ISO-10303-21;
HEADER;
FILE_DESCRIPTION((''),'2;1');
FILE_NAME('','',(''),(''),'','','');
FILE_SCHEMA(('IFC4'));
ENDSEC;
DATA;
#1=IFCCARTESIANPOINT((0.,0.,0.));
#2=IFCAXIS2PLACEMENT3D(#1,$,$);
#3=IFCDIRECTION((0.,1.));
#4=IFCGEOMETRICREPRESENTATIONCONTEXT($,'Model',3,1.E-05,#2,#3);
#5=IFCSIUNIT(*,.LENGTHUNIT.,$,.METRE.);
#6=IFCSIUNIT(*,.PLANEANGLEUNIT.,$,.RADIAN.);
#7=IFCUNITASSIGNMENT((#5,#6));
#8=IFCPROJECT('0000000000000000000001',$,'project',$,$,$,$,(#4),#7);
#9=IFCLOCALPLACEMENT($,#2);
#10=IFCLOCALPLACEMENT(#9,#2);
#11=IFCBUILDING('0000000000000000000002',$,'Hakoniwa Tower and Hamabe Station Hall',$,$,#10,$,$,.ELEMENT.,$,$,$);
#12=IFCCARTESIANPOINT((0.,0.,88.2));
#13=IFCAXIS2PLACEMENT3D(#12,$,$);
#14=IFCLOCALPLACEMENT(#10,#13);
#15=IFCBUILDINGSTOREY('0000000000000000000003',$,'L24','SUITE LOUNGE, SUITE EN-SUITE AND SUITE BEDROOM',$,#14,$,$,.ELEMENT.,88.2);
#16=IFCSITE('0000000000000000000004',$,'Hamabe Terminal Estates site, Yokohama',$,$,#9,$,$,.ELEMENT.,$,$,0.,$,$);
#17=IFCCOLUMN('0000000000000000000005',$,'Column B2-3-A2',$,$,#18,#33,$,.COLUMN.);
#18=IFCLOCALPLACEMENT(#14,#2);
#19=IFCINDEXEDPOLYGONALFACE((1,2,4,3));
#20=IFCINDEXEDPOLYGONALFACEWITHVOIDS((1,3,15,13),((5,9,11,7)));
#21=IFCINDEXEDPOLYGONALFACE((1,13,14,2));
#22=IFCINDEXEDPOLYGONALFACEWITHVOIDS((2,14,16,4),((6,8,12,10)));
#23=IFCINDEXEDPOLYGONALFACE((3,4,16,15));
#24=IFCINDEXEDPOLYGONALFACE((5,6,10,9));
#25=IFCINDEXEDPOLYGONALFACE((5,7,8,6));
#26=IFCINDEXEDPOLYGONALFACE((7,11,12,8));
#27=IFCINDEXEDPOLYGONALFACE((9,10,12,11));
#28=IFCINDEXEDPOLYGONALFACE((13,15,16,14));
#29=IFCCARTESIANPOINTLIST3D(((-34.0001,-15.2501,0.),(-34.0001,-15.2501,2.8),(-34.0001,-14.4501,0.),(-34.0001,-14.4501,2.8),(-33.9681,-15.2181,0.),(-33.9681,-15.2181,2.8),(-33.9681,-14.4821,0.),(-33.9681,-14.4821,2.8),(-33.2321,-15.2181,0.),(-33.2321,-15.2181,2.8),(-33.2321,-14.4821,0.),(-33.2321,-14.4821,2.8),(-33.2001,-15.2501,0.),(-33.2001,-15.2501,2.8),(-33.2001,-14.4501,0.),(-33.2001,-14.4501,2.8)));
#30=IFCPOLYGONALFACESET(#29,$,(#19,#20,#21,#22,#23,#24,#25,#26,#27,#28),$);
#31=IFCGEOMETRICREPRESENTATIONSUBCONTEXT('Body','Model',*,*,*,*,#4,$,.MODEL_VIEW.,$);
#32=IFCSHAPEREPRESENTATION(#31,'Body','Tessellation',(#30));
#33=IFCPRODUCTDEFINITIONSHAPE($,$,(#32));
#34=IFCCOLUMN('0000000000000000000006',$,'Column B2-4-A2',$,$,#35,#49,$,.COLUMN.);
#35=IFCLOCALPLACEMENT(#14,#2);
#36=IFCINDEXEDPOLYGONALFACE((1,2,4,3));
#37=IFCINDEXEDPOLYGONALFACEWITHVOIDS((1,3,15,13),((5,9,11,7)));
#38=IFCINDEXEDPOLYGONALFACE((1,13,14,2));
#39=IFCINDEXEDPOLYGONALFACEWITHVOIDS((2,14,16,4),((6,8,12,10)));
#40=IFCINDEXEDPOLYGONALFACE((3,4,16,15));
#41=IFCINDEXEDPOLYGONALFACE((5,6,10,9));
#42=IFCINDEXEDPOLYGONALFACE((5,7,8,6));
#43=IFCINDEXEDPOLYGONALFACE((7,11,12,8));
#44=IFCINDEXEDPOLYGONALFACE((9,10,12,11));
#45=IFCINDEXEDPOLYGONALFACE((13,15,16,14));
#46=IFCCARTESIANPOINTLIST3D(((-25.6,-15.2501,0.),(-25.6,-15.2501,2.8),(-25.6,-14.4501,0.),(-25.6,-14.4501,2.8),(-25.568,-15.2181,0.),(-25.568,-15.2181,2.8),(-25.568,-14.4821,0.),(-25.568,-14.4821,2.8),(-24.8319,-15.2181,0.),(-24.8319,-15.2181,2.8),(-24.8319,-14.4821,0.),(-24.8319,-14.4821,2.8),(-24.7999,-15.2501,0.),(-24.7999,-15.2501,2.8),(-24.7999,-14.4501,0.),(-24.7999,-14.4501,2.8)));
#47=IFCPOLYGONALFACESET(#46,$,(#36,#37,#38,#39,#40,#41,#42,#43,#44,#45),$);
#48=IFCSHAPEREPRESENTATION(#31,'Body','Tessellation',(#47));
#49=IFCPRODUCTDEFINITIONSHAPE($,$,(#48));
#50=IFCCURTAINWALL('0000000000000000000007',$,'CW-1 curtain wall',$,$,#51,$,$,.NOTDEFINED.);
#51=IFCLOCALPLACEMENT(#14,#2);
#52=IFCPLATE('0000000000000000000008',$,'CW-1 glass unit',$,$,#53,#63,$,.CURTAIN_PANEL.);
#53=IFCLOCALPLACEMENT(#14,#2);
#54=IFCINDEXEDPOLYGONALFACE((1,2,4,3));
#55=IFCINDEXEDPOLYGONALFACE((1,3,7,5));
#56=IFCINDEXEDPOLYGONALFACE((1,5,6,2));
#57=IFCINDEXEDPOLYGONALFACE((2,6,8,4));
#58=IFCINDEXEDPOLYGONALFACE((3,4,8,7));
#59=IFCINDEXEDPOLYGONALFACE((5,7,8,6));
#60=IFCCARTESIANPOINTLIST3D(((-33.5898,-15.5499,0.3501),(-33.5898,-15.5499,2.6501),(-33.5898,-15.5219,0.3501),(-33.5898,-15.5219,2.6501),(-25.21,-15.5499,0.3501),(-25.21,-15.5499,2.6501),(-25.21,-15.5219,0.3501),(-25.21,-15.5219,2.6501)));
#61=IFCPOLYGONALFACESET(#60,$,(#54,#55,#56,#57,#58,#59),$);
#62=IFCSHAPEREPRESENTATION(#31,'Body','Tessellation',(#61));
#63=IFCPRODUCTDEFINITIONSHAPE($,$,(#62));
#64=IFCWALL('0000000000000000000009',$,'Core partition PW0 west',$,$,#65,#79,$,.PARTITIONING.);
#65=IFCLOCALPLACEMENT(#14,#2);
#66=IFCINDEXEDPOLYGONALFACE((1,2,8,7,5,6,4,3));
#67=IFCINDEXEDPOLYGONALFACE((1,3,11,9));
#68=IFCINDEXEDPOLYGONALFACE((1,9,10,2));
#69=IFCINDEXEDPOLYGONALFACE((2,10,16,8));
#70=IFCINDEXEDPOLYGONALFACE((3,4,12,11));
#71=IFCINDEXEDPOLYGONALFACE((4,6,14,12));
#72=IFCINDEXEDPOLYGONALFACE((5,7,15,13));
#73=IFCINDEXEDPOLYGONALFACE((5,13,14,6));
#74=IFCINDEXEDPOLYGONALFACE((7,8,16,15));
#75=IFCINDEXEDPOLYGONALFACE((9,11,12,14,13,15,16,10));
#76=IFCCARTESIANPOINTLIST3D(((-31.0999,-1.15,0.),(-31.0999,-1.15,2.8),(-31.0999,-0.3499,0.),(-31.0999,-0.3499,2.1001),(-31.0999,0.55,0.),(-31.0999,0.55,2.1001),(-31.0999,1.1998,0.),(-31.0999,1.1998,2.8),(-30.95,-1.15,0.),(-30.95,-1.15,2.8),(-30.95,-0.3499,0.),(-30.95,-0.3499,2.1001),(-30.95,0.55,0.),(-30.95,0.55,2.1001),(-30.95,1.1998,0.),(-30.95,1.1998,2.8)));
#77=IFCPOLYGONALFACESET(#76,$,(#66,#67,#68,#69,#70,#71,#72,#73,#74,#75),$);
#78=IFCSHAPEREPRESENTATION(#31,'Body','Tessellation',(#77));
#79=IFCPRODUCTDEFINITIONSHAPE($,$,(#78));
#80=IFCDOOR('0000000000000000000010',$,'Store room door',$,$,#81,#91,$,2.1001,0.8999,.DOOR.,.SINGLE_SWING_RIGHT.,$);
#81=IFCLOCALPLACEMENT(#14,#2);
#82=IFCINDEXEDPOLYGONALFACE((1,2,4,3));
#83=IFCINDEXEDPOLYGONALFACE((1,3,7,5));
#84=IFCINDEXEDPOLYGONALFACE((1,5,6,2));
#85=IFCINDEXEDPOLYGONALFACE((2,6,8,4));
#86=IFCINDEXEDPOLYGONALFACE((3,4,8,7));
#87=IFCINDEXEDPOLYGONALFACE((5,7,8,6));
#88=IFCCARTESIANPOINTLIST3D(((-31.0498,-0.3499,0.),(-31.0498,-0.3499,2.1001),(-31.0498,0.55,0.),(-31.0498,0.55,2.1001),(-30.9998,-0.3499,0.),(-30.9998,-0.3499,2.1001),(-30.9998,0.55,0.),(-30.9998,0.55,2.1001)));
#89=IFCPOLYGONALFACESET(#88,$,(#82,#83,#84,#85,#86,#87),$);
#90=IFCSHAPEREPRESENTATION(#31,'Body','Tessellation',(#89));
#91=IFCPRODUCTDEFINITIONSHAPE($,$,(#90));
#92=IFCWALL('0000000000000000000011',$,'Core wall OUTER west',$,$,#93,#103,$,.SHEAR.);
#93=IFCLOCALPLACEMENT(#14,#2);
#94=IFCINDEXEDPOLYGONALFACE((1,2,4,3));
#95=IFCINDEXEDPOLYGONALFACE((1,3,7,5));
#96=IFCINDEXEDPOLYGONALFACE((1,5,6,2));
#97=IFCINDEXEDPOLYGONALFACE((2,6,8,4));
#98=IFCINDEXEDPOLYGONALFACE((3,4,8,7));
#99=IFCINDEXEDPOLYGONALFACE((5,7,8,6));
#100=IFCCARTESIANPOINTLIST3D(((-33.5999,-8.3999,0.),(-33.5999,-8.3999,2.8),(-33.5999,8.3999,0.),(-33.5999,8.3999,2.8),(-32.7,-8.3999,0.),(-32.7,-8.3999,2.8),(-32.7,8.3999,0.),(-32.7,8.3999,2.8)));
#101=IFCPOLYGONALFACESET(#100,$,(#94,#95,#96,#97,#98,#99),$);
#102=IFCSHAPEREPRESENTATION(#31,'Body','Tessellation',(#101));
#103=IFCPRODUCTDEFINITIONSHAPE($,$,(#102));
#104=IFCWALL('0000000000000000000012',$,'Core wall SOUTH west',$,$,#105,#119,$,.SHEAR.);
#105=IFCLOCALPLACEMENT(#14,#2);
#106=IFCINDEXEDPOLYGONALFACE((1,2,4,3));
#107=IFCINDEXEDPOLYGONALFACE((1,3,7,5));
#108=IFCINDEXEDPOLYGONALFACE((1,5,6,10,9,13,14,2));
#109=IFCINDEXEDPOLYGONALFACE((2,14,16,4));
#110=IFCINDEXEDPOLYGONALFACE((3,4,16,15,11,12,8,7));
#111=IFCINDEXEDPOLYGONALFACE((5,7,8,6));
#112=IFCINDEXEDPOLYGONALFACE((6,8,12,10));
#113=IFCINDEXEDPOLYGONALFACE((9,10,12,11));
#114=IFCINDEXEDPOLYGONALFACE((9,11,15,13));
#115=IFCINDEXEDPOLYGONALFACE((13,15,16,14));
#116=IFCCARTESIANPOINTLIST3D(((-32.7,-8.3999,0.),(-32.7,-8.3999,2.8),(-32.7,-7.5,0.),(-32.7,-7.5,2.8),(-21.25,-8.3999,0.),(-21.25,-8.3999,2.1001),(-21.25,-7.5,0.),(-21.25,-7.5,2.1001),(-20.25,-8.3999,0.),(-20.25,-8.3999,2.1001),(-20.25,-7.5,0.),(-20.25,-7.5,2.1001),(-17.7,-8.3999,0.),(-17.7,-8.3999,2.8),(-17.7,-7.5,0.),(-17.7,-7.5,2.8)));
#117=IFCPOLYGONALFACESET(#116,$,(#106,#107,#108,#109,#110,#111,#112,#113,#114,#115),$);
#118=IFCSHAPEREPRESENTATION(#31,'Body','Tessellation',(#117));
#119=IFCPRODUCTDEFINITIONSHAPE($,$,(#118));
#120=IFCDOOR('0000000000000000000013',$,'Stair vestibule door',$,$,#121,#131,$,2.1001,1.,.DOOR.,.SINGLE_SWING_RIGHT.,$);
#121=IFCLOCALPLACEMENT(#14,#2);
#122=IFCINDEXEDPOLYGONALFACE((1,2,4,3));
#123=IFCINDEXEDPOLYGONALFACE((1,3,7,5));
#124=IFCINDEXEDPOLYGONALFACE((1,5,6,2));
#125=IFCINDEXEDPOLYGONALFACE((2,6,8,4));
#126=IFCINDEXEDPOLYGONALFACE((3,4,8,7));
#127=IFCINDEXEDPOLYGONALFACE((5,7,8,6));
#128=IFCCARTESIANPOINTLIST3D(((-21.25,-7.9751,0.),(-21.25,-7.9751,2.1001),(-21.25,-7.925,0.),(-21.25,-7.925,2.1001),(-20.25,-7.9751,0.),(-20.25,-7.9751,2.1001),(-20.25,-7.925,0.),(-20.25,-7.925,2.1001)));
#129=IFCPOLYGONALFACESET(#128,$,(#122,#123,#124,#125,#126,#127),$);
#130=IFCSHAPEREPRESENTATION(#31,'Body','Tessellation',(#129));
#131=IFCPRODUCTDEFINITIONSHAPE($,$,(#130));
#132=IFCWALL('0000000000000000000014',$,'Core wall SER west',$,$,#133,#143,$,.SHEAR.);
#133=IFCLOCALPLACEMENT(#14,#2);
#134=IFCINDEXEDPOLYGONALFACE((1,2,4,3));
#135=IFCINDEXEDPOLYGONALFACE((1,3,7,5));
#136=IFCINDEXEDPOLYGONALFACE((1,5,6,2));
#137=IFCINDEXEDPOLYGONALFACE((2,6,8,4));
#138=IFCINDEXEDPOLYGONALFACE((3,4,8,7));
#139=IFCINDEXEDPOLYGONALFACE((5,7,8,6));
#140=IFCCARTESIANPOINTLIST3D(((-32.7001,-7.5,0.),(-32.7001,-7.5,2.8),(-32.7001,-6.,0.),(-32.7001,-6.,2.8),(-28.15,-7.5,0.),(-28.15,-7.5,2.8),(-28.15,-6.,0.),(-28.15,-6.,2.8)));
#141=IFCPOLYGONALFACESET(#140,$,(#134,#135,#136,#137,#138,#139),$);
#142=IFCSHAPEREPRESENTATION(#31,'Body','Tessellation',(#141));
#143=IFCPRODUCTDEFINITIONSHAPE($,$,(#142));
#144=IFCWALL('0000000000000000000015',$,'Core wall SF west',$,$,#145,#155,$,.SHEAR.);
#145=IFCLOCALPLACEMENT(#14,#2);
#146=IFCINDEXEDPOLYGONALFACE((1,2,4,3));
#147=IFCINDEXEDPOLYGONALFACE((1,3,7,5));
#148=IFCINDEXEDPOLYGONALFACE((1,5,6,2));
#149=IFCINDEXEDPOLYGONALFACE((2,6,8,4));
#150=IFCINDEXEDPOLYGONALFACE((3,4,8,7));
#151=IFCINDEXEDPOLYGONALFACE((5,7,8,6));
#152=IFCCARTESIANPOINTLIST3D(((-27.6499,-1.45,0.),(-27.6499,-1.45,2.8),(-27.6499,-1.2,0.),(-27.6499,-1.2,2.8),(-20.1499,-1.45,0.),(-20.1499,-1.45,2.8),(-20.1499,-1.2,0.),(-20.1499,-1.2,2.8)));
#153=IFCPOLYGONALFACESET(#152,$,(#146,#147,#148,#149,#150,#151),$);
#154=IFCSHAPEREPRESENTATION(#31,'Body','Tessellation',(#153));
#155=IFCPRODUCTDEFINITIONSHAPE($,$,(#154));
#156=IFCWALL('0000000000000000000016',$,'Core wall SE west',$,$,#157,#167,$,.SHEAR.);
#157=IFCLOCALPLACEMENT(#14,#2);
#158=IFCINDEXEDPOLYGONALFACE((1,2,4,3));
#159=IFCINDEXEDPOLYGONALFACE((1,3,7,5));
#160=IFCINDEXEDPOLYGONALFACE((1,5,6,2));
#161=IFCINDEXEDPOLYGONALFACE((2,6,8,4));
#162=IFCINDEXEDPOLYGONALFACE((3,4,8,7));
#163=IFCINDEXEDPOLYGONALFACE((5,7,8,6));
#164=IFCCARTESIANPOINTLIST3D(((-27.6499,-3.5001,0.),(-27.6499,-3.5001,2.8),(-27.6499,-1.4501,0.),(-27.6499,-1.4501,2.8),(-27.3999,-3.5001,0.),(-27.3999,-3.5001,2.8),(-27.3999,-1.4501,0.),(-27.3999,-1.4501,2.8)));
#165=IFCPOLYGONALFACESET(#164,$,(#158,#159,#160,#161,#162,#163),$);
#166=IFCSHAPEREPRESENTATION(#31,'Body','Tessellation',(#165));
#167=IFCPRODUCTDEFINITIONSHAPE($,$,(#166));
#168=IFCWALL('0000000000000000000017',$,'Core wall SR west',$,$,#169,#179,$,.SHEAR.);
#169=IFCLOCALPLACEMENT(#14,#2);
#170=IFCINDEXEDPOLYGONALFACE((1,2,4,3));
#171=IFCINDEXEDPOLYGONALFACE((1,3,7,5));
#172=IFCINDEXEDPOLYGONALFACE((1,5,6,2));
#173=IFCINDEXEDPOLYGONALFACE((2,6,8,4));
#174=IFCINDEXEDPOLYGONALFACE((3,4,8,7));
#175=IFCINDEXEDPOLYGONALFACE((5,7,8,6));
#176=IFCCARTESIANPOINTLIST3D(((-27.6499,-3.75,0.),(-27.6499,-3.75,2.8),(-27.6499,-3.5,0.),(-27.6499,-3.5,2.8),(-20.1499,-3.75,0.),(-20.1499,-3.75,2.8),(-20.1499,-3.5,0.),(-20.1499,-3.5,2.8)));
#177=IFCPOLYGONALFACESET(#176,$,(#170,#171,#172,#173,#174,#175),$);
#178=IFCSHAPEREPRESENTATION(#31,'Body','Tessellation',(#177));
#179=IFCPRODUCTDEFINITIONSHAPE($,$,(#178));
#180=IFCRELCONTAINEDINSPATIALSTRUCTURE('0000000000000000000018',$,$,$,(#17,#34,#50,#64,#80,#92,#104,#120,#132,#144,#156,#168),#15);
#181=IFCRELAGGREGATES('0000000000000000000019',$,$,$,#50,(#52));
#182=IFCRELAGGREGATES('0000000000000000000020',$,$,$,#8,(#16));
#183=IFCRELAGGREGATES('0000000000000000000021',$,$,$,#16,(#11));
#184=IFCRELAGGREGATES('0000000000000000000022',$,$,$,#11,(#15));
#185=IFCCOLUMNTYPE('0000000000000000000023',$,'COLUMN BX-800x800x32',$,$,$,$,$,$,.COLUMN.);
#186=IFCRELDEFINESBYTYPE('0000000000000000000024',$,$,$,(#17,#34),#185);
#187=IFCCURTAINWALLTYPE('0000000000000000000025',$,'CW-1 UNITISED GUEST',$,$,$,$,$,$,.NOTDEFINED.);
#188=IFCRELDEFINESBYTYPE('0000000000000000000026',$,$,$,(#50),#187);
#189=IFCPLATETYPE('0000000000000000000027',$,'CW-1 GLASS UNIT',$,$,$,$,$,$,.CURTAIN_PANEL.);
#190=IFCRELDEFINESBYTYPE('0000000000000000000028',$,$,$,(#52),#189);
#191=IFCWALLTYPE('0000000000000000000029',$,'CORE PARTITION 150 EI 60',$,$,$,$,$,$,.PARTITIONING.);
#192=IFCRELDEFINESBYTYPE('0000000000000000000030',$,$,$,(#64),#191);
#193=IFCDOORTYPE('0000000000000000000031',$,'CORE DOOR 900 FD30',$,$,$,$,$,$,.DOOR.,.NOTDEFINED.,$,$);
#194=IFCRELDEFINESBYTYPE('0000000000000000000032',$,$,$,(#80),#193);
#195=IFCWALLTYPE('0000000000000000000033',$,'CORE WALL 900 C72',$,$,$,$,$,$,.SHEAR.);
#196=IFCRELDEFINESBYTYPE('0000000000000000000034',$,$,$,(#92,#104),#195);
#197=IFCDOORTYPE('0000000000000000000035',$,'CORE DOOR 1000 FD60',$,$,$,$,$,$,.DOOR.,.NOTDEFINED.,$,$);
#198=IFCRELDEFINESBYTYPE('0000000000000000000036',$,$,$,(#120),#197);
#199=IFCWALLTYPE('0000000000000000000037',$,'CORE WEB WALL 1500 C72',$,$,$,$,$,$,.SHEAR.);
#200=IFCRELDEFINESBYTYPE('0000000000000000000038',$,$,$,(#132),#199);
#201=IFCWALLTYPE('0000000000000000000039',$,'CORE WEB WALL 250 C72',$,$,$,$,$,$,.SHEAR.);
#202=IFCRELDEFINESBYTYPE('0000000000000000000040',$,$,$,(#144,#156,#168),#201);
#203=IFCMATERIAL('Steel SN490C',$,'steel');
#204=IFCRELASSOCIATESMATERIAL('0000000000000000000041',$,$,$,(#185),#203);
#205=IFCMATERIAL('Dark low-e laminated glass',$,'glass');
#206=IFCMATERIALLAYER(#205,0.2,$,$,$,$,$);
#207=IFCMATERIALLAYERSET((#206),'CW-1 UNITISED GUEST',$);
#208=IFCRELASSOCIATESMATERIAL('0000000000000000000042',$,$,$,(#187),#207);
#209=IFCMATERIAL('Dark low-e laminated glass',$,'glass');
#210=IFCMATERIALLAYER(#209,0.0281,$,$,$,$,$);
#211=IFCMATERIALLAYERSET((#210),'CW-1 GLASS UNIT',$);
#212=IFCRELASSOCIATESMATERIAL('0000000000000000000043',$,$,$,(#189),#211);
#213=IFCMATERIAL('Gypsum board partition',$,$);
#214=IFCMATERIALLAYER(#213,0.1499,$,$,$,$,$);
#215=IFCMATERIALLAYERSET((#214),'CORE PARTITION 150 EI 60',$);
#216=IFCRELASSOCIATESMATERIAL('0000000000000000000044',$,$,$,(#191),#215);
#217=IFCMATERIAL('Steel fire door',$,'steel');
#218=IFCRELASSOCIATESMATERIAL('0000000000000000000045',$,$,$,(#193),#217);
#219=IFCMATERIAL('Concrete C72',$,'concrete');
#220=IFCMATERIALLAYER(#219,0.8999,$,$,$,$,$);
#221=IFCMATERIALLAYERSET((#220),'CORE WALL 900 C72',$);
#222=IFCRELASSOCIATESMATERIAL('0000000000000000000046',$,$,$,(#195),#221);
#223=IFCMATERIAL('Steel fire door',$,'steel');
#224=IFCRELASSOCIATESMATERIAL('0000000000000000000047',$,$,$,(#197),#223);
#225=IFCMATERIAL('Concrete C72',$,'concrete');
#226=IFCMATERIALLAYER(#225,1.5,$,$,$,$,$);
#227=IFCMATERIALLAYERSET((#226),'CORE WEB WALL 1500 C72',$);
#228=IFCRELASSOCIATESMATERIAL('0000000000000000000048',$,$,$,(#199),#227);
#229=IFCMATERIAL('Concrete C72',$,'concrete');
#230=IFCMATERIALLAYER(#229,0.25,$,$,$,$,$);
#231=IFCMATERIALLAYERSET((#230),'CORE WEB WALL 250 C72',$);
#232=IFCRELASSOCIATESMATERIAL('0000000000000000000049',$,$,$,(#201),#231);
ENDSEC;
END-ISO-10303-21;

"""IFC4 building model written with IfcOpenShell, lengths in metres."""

from ifc_helpers import new_model, si_unit, direction, frame, frame_2d, origin, origin_2d, place, context, subcontext, project, spatial, rectangle, hollow_rectangle, extrude, material, layer, layer_set, material_profile, profile_set, type_object, element, fill, aggregate, save


model = new_model("IFC4")

# Units and contexts
model_context = context("Model", 3, precision=1e-05, world=origin(), true_north=direction((0.0, 1.0)))
body_context = subcontext(model_context, "Body", "Model", "MODEL_VIEW")
ifc_project = project(units=[si_unit("LENGTHUNIT", "METRE"), si_unit("PLANEANGLEUNIT", "RADIAN")], contexts=[model_context])

# Site, building, storey
site_placement = place(None, origin())
site = spatial("IfcSite", under=ifc_project, at=site_placement, Name="Hamabe Terminal Estates site, Yokohama", CompositionType="ELEMENT", RefElevation=0.0)
building_placement = place(site_placement, origin())
building = spatial("IfcBuilding", under=site, at=building_placement, Name="Hakoniwa Tower and Hamabe Station Hall", CompositionType="ELEMENT")
storey_placement = place(building_placement, frame((0.0, 0.0, 88.2)))
storey = spatial("IfcBuildingStorey", under=building, at=storey_placement, Name="L24", Description="SUITE LOUNGE, SUITE EN-SUITE AND SUITE BEDROOM", CompositionType="ELEMENT", Elevation=88.2)

# Columns
ifc_material_1 = material(Name="Steel SN490C", Category="steel")
ifc_material_profile = material_profile(ifc_material_1, hollow_rectangle(XDim=0.8, YDim=0.8, WallThickness=0.032, at=origin_2d()), Name="BX-800x800x32")
ifc_profile_set = profile_set([ifc_material_profile], Name="Steel SN490C")
column_type = type_object("IfcColumnType", Name="COLUMN BX-800x800x32", PredefinedType="COLUMN", material=ifc_profile_set)
for number, where, z_axis, x_axis, name in (
    (1, (-33.6001, -14.8501, 0.0), (0.0, 0.0, 1.0), (1.0, 0.0, 0.0), "Column B2-3-A2"),
    (2, (-25.2, -14.8501, 0.0), (0.0, 0.0, 1.0), (1.0, 0.0, 0.0), "Column B2-4-A2"),
):
    element("IfcColumn", number, at=place(storey_placement, frame(where, z_axis=z_axis, x_axis=x_axis)), inside=storey, type_object=column_type, Name=name, PredefinedType="COLUMN", context=body_context, shape_type="SweptSolid", body=[
        extrude(hollow_rectangle(XDim=0.8, YDim=0.8, WallThickness=0.032, at=origin_2d()), origin(), (0.0, 0.0, 1.0), 2.8),
    ])

# Curtain wall, plate
ifc_material_2 = material(Name="Dark low-e laminated glass", Category="glass")
ifc_layer_1 = layer(ifc_material_2, 0.2)
ifc_layer_set_1 = layer_set([ifc_layer_1], Name="CW-1 UNITISED GUEST")
curtain_wall_type = type_object("IfcCurtainWallType", Name="CW-1 UNITISED GUEST", PredefinedType="NOTDEFINED", material=ifc_layer_set_1)
curtain_wall_placement = place(storey_placement, origin())
curtain_wall = element("IfcCurtainWall", 3, at=curtain_wall_placement, inside=storey, type_object=curtain_wall_type, Name="CW-1 curtain wall", PredefinedType="NOTDEFINED")
ifc_material_3 = material(Name="Dark low-e laminated glass", Category="glass")
ifc_layer_2 = layer(ifc_material_3, 0.0281)
ifc_layer_set_2 = layer_set([ifc_layer_2], Name="CW-1 GLASS UNIT")
plate_type = type_object("IfcPlateType", Name="CW-1 GLASS UNIT", PredefinedType="CURTAIN_PANEL", material=ifc_layer_set_2)
plate_placement = place(storey_placement, frame((-29.3999, -15.5359, 0.3501), z_axis=(0.0, 0.0, 1.0), x_axis=(1.0, 0.0, 0.0)))
plate = element("IfcPlate", 4, at=plate_placement, type_object=plate_type, Name="CW-1 glass unit", PredefinedType="CURTAIN_PANEL", context=body_context, shape_type="SweptSolid", body=[
    extrude(rectangle(XDim=8.3799, YDim=0.0281, at=origin_2d()), origin(), (0.0, 0.0, 1.0), 2.3),
])
aggregate(curtain_wall, [plate])

# Wall, opening, door
ifc_material_4 = material(Name="Gypsum board partition")
ifc_layer_3 = layer(ifc_material_4, 0.1499)
ifc_layer_set_3 = layer_set([ifc_layer_3], Name="CORE PARTITION 150 EI 60")
wall_type_1 = type_object("IfcWallType", Name="CORE PARTITION 150 EI 60", PredefinedType="PARTITIONING", material=ifc_layer_set_3)
wall_1_placement = place(storey_placement, frame((-31.0249, -1.1499, 0.0), z_axis=(0.0, 0.0, 1.0), x_axis=(0.0, 1.0, 0.0)))
wall_1 = element("IfcWall", 5, at=wall_1_placement, inside=storey, type_object=wall_type_1, Name="Core partition PW0 west", PredefinedType="PARTITIONING", context=body_context, shape_type="SweptSolid", body=[
    extrude(rectangle(XDim=2.3499, YDim=0.1499, at=frame_2d((1.1748, 0.0))), origin(), (0.0, 0.0, 1.0), 2.8),
])
opening_1_placement = place(wall_1_placement, frame((0.8, 0.0, 0.0)))
opening_1 = element("IfcOpeningElement", 6, at=opening_1_placement, cuts=wall_1, PredefinedType="OPENING", context=body_context, shape_type="SweptSolid", body=[
    extrude(rectangle(XDim=0.8999, YDim=2.1001, at=frame_2d((0.45, 1.05))), frame((0.0, 0.085, 0.0), z_axis=(0.0, -1.0, 0.0), x_axis=(1.0, 0.0, 0.0)), (0.0, 0.0, 1.0), 0.1699),
])
ifc_material_5 = material(Name="Steel fire door", Category="steel")
door_type_1 = type_object("IfcDoorType", Name="CORE DOOR 900 FD30", OperationType="NOTDEFINED", PredefinedType="DOOR", material=ifc_material_5)
door_1_placement = place(opening_1_placement, origin())
door_1 = element("IfcDoor", 7, at=door_1_placement, inside=storey, type_object=door_type_1, Name="Store room door", OperationType="SINGLE_SWING_RIGHT", OverallHeight=2.1001, OverallWidth=0.8999, PredefinedType="DOOR", context=body_context, shape_type="SweptSolid", body=[
    extrude(rectangle(XDim=0.8999, YDim=2.1001, at=frame_2d((0.45, 1.05))), frame((0.0, 0.0249, 0.0), z_axis=(0.0, -1.0, 0.0), x_axis=(1.0, 0.0, 0.0)), (0.0, 0.0, 1.0), 0.05),
])
fill(opening_1, door_1)

# Wall
ifc_material_6 = material(Name="Concrete C72", Category="concrete")
ifc_layer_4 = layer(ifc_material_6, 0.8999)
ifc_layer_set_4 = layer_set([ifc_layer_4], Name="CORE WALL 900 C72")
wall_type_2 = type_object("IfcWallType", Name="CORE WALL 900 C72", PredefinedType="SHEAR", material=ifc_layer_set_4)
wall_2_placement = place(storey_placement, frame((-33.1499, -8.3999, 0.0), z_axis=(0.0, 0.0, 1.0), x_axis=(0.0, 1.0, 0.0)))
element("IfcWall", 8, at=wall_2_placement, inside=storey, type_object=wall_type_2, Name="Core wall OUTER west", PredefinedType="SHEAR", context=body_context, shape_type="SweptSolid", body=[
    extrude(rectangle(XDim=16.7998, YDim=0.8999, at=frame_2d((8.3999, 0.0))), origin(), (0.0, 0.0, 1.0), 2.8),
])

# Wall, opening, door
wall_3_placement = place(storey_placement, frame((-32.7, -7.95, 0.0), z_axis=(0.0, 0.0, 1.0), x_axis=(1.0, 0.0, 0.0)))
wall_3 = element("IfcWall", 9, at=wall_3_placement, inside=storey, type_object=wall_type_2, Name="Core wall SOUTH west", PredefinedType="SHEAR", context=body_context, shape_type="SweptSolid", body=[
    extrude(rectangle(XDim=15.0, YDim=0.8999, at=frame_2d((7.5, 0.0))), origin(), (0.0, 0.0, 1.0), 2.8),
])
opening_2_placement = place(wall_3_placement, frame((11.45, 0.0, 0.0)))
opening_2 = element("IfcOpeningElement", 10, at=opening_2_placement, cuts=wall_3, PredefinedType="OPENING", context=body_context, shape_type="SweptSolid", body=[
    extrude(rectangle(XDim=1.0, YDim=2.1001, at=frame_2d((0.5, 1.05))), frame((0.0, 0.46, 0.0), z_axis=(0.0, -1.0, 0.0), x_axis=(1.0, 0.0, 0.0)), (0.0, 0.0, 1.0), 0.9199),
])
ifc_material_7 = material(Name="Steel fire door", Category="steel")
door_type_2 = type_object("IfcDoorType", Name="CORE DOOR 1000 FD60", OperationType="NOTDEFINED", PredefinedType="DOOR", material=ifc_material_7)
door_2_placement = place(opening_2_placement, origin())
door_2 = element("IfcDoor", 11, at=door_2_placement, inside=storey, type_object=door_type_2, Name="Stair vestibule door", OperationType="SINGLE_SWING_RIGHT", OverallHeight=2.1001, OverallWidth=1.0, PredefinedType="DOOR", context=body_context, shape_type="SweptSolid", body=[
    extrude(rectangle(XDim=1.0, YDim=2.1001, at=frame_2d((0.5, 1.05))), frame((0.0, 0.0249, 0.0), z_axis=(0.0, -1.0, 0.0), x_axis=(1.0, 0.0, 0.0)), (0.0, 0.0, 1.0), 0.05),
])
fill(opening_2, door_2)

# Walls
ifc_material_8 = material(Name="Concrete C72", Category="concrete")
ifc_layer_5 = layer(ifc_material_8, 1.5)
ifc_layer_set_5 = layer_set([ifc_layer_5], Name="CORE WEB WALL 1500 C72")
wall_type_3 = type_object("IfcWallType", Name="CORE WEB WALL 1500 C72", PredefinedType="SHEAR", material=ifc_layer_set_5)
wall_4_placement = place(storey_placement, frame((-32.7, -6.75, 0.0), z_axis=(0.0, 0.0, 1.0), x_axis=(1.0, 0.0, 0.0)))
element("IfcWall", 12, at=wall_4_placement, inside=storey, type_object=wall_type_3, Name="Core wall SER west", PredefinedType="SHEAR", context=body_context, shape_type="SweptSolid", body=[
    extrude(rectangle(XDim=4.55, YDim=1.5, at=frame_2d((2.2749, 0.0))), origin(), (0.0, 0.0, 1.0), 2.8),
])
ifc_material_9 = material(Name="Concrete C72", Category="concrete")
ifc_layer_6 = layer(ifc_material_9, 0.25)
ifc_layer_set_6 = layer_set([ifc_layer_6], Name="CORE WEB WALL 250 C72")
wall_type_4 = type_object("IfcWallType", Name="CORE WEB WALL 250 C72", PredefinedType="SHEAR", material=ifc_layer_set_6)
wall_5_placement = place(storey_placement, frame((-27.6499, -1.325, 0.0), z_axis=(0.0, 0.0, 1.0), x_axis=(1.0, 0.0, 0.0)))
element("IfcWall", 13, at=wall_5_placement, inside=storey, type_object=wall_type_4, Name="Core wall SF west", PredefinedType="SHEAR", context=body_context, shape_type="SweptSolid", body=[
    extrude(rectangle(XDim=7.5, YDim=0.25, at=frame_2d((3.75, 0.0))), origin(), (0.0, 0.0, 1.0), 2.8),
])
wall_6_placement = place(storey_placement, frame((-27.5249, -3.5, 0.0), z_axis=(0.0, 0.0, 1.0), x_axis=(0.0, 1.0, 0.0)))
element("IfcWall", 14, at=wall_6_placement, inside=storey, type_object=wall_type_4, Name="Core wall SE west", PredefinedType="SHEAR", context=body_context, shape_type="SweptSolid", body=[
    extrude(rectangle(XDim=2.05, YDim=0.25, at=frame_2d((1.0249, 0.0))), origin(), (0.0, 0.0, 1.0), 2.8),
])
wall_7_placement = place(storey_placement, frame((-27.6499, -3.625, 0.0), z_axis=(0.0, 0.0, 1.0), x_axis=(1.0, 0.0, 0.0)))
element("IfcWall", 15, at=wall_7_placement, inside=storey, type_object=wall_type_4, Name="Core wall SR west", PredefinedType="SHEAR", context=body_context, shape_type="SweptSolid", body=[
    extrude(rectangle(XDim=7.5, YDim=0.25, at=frame_2d((3.75, 0.0))), origin(), (0.0, 0.0, 1.0), 2.8),
])

save(model, "model.ifc")
